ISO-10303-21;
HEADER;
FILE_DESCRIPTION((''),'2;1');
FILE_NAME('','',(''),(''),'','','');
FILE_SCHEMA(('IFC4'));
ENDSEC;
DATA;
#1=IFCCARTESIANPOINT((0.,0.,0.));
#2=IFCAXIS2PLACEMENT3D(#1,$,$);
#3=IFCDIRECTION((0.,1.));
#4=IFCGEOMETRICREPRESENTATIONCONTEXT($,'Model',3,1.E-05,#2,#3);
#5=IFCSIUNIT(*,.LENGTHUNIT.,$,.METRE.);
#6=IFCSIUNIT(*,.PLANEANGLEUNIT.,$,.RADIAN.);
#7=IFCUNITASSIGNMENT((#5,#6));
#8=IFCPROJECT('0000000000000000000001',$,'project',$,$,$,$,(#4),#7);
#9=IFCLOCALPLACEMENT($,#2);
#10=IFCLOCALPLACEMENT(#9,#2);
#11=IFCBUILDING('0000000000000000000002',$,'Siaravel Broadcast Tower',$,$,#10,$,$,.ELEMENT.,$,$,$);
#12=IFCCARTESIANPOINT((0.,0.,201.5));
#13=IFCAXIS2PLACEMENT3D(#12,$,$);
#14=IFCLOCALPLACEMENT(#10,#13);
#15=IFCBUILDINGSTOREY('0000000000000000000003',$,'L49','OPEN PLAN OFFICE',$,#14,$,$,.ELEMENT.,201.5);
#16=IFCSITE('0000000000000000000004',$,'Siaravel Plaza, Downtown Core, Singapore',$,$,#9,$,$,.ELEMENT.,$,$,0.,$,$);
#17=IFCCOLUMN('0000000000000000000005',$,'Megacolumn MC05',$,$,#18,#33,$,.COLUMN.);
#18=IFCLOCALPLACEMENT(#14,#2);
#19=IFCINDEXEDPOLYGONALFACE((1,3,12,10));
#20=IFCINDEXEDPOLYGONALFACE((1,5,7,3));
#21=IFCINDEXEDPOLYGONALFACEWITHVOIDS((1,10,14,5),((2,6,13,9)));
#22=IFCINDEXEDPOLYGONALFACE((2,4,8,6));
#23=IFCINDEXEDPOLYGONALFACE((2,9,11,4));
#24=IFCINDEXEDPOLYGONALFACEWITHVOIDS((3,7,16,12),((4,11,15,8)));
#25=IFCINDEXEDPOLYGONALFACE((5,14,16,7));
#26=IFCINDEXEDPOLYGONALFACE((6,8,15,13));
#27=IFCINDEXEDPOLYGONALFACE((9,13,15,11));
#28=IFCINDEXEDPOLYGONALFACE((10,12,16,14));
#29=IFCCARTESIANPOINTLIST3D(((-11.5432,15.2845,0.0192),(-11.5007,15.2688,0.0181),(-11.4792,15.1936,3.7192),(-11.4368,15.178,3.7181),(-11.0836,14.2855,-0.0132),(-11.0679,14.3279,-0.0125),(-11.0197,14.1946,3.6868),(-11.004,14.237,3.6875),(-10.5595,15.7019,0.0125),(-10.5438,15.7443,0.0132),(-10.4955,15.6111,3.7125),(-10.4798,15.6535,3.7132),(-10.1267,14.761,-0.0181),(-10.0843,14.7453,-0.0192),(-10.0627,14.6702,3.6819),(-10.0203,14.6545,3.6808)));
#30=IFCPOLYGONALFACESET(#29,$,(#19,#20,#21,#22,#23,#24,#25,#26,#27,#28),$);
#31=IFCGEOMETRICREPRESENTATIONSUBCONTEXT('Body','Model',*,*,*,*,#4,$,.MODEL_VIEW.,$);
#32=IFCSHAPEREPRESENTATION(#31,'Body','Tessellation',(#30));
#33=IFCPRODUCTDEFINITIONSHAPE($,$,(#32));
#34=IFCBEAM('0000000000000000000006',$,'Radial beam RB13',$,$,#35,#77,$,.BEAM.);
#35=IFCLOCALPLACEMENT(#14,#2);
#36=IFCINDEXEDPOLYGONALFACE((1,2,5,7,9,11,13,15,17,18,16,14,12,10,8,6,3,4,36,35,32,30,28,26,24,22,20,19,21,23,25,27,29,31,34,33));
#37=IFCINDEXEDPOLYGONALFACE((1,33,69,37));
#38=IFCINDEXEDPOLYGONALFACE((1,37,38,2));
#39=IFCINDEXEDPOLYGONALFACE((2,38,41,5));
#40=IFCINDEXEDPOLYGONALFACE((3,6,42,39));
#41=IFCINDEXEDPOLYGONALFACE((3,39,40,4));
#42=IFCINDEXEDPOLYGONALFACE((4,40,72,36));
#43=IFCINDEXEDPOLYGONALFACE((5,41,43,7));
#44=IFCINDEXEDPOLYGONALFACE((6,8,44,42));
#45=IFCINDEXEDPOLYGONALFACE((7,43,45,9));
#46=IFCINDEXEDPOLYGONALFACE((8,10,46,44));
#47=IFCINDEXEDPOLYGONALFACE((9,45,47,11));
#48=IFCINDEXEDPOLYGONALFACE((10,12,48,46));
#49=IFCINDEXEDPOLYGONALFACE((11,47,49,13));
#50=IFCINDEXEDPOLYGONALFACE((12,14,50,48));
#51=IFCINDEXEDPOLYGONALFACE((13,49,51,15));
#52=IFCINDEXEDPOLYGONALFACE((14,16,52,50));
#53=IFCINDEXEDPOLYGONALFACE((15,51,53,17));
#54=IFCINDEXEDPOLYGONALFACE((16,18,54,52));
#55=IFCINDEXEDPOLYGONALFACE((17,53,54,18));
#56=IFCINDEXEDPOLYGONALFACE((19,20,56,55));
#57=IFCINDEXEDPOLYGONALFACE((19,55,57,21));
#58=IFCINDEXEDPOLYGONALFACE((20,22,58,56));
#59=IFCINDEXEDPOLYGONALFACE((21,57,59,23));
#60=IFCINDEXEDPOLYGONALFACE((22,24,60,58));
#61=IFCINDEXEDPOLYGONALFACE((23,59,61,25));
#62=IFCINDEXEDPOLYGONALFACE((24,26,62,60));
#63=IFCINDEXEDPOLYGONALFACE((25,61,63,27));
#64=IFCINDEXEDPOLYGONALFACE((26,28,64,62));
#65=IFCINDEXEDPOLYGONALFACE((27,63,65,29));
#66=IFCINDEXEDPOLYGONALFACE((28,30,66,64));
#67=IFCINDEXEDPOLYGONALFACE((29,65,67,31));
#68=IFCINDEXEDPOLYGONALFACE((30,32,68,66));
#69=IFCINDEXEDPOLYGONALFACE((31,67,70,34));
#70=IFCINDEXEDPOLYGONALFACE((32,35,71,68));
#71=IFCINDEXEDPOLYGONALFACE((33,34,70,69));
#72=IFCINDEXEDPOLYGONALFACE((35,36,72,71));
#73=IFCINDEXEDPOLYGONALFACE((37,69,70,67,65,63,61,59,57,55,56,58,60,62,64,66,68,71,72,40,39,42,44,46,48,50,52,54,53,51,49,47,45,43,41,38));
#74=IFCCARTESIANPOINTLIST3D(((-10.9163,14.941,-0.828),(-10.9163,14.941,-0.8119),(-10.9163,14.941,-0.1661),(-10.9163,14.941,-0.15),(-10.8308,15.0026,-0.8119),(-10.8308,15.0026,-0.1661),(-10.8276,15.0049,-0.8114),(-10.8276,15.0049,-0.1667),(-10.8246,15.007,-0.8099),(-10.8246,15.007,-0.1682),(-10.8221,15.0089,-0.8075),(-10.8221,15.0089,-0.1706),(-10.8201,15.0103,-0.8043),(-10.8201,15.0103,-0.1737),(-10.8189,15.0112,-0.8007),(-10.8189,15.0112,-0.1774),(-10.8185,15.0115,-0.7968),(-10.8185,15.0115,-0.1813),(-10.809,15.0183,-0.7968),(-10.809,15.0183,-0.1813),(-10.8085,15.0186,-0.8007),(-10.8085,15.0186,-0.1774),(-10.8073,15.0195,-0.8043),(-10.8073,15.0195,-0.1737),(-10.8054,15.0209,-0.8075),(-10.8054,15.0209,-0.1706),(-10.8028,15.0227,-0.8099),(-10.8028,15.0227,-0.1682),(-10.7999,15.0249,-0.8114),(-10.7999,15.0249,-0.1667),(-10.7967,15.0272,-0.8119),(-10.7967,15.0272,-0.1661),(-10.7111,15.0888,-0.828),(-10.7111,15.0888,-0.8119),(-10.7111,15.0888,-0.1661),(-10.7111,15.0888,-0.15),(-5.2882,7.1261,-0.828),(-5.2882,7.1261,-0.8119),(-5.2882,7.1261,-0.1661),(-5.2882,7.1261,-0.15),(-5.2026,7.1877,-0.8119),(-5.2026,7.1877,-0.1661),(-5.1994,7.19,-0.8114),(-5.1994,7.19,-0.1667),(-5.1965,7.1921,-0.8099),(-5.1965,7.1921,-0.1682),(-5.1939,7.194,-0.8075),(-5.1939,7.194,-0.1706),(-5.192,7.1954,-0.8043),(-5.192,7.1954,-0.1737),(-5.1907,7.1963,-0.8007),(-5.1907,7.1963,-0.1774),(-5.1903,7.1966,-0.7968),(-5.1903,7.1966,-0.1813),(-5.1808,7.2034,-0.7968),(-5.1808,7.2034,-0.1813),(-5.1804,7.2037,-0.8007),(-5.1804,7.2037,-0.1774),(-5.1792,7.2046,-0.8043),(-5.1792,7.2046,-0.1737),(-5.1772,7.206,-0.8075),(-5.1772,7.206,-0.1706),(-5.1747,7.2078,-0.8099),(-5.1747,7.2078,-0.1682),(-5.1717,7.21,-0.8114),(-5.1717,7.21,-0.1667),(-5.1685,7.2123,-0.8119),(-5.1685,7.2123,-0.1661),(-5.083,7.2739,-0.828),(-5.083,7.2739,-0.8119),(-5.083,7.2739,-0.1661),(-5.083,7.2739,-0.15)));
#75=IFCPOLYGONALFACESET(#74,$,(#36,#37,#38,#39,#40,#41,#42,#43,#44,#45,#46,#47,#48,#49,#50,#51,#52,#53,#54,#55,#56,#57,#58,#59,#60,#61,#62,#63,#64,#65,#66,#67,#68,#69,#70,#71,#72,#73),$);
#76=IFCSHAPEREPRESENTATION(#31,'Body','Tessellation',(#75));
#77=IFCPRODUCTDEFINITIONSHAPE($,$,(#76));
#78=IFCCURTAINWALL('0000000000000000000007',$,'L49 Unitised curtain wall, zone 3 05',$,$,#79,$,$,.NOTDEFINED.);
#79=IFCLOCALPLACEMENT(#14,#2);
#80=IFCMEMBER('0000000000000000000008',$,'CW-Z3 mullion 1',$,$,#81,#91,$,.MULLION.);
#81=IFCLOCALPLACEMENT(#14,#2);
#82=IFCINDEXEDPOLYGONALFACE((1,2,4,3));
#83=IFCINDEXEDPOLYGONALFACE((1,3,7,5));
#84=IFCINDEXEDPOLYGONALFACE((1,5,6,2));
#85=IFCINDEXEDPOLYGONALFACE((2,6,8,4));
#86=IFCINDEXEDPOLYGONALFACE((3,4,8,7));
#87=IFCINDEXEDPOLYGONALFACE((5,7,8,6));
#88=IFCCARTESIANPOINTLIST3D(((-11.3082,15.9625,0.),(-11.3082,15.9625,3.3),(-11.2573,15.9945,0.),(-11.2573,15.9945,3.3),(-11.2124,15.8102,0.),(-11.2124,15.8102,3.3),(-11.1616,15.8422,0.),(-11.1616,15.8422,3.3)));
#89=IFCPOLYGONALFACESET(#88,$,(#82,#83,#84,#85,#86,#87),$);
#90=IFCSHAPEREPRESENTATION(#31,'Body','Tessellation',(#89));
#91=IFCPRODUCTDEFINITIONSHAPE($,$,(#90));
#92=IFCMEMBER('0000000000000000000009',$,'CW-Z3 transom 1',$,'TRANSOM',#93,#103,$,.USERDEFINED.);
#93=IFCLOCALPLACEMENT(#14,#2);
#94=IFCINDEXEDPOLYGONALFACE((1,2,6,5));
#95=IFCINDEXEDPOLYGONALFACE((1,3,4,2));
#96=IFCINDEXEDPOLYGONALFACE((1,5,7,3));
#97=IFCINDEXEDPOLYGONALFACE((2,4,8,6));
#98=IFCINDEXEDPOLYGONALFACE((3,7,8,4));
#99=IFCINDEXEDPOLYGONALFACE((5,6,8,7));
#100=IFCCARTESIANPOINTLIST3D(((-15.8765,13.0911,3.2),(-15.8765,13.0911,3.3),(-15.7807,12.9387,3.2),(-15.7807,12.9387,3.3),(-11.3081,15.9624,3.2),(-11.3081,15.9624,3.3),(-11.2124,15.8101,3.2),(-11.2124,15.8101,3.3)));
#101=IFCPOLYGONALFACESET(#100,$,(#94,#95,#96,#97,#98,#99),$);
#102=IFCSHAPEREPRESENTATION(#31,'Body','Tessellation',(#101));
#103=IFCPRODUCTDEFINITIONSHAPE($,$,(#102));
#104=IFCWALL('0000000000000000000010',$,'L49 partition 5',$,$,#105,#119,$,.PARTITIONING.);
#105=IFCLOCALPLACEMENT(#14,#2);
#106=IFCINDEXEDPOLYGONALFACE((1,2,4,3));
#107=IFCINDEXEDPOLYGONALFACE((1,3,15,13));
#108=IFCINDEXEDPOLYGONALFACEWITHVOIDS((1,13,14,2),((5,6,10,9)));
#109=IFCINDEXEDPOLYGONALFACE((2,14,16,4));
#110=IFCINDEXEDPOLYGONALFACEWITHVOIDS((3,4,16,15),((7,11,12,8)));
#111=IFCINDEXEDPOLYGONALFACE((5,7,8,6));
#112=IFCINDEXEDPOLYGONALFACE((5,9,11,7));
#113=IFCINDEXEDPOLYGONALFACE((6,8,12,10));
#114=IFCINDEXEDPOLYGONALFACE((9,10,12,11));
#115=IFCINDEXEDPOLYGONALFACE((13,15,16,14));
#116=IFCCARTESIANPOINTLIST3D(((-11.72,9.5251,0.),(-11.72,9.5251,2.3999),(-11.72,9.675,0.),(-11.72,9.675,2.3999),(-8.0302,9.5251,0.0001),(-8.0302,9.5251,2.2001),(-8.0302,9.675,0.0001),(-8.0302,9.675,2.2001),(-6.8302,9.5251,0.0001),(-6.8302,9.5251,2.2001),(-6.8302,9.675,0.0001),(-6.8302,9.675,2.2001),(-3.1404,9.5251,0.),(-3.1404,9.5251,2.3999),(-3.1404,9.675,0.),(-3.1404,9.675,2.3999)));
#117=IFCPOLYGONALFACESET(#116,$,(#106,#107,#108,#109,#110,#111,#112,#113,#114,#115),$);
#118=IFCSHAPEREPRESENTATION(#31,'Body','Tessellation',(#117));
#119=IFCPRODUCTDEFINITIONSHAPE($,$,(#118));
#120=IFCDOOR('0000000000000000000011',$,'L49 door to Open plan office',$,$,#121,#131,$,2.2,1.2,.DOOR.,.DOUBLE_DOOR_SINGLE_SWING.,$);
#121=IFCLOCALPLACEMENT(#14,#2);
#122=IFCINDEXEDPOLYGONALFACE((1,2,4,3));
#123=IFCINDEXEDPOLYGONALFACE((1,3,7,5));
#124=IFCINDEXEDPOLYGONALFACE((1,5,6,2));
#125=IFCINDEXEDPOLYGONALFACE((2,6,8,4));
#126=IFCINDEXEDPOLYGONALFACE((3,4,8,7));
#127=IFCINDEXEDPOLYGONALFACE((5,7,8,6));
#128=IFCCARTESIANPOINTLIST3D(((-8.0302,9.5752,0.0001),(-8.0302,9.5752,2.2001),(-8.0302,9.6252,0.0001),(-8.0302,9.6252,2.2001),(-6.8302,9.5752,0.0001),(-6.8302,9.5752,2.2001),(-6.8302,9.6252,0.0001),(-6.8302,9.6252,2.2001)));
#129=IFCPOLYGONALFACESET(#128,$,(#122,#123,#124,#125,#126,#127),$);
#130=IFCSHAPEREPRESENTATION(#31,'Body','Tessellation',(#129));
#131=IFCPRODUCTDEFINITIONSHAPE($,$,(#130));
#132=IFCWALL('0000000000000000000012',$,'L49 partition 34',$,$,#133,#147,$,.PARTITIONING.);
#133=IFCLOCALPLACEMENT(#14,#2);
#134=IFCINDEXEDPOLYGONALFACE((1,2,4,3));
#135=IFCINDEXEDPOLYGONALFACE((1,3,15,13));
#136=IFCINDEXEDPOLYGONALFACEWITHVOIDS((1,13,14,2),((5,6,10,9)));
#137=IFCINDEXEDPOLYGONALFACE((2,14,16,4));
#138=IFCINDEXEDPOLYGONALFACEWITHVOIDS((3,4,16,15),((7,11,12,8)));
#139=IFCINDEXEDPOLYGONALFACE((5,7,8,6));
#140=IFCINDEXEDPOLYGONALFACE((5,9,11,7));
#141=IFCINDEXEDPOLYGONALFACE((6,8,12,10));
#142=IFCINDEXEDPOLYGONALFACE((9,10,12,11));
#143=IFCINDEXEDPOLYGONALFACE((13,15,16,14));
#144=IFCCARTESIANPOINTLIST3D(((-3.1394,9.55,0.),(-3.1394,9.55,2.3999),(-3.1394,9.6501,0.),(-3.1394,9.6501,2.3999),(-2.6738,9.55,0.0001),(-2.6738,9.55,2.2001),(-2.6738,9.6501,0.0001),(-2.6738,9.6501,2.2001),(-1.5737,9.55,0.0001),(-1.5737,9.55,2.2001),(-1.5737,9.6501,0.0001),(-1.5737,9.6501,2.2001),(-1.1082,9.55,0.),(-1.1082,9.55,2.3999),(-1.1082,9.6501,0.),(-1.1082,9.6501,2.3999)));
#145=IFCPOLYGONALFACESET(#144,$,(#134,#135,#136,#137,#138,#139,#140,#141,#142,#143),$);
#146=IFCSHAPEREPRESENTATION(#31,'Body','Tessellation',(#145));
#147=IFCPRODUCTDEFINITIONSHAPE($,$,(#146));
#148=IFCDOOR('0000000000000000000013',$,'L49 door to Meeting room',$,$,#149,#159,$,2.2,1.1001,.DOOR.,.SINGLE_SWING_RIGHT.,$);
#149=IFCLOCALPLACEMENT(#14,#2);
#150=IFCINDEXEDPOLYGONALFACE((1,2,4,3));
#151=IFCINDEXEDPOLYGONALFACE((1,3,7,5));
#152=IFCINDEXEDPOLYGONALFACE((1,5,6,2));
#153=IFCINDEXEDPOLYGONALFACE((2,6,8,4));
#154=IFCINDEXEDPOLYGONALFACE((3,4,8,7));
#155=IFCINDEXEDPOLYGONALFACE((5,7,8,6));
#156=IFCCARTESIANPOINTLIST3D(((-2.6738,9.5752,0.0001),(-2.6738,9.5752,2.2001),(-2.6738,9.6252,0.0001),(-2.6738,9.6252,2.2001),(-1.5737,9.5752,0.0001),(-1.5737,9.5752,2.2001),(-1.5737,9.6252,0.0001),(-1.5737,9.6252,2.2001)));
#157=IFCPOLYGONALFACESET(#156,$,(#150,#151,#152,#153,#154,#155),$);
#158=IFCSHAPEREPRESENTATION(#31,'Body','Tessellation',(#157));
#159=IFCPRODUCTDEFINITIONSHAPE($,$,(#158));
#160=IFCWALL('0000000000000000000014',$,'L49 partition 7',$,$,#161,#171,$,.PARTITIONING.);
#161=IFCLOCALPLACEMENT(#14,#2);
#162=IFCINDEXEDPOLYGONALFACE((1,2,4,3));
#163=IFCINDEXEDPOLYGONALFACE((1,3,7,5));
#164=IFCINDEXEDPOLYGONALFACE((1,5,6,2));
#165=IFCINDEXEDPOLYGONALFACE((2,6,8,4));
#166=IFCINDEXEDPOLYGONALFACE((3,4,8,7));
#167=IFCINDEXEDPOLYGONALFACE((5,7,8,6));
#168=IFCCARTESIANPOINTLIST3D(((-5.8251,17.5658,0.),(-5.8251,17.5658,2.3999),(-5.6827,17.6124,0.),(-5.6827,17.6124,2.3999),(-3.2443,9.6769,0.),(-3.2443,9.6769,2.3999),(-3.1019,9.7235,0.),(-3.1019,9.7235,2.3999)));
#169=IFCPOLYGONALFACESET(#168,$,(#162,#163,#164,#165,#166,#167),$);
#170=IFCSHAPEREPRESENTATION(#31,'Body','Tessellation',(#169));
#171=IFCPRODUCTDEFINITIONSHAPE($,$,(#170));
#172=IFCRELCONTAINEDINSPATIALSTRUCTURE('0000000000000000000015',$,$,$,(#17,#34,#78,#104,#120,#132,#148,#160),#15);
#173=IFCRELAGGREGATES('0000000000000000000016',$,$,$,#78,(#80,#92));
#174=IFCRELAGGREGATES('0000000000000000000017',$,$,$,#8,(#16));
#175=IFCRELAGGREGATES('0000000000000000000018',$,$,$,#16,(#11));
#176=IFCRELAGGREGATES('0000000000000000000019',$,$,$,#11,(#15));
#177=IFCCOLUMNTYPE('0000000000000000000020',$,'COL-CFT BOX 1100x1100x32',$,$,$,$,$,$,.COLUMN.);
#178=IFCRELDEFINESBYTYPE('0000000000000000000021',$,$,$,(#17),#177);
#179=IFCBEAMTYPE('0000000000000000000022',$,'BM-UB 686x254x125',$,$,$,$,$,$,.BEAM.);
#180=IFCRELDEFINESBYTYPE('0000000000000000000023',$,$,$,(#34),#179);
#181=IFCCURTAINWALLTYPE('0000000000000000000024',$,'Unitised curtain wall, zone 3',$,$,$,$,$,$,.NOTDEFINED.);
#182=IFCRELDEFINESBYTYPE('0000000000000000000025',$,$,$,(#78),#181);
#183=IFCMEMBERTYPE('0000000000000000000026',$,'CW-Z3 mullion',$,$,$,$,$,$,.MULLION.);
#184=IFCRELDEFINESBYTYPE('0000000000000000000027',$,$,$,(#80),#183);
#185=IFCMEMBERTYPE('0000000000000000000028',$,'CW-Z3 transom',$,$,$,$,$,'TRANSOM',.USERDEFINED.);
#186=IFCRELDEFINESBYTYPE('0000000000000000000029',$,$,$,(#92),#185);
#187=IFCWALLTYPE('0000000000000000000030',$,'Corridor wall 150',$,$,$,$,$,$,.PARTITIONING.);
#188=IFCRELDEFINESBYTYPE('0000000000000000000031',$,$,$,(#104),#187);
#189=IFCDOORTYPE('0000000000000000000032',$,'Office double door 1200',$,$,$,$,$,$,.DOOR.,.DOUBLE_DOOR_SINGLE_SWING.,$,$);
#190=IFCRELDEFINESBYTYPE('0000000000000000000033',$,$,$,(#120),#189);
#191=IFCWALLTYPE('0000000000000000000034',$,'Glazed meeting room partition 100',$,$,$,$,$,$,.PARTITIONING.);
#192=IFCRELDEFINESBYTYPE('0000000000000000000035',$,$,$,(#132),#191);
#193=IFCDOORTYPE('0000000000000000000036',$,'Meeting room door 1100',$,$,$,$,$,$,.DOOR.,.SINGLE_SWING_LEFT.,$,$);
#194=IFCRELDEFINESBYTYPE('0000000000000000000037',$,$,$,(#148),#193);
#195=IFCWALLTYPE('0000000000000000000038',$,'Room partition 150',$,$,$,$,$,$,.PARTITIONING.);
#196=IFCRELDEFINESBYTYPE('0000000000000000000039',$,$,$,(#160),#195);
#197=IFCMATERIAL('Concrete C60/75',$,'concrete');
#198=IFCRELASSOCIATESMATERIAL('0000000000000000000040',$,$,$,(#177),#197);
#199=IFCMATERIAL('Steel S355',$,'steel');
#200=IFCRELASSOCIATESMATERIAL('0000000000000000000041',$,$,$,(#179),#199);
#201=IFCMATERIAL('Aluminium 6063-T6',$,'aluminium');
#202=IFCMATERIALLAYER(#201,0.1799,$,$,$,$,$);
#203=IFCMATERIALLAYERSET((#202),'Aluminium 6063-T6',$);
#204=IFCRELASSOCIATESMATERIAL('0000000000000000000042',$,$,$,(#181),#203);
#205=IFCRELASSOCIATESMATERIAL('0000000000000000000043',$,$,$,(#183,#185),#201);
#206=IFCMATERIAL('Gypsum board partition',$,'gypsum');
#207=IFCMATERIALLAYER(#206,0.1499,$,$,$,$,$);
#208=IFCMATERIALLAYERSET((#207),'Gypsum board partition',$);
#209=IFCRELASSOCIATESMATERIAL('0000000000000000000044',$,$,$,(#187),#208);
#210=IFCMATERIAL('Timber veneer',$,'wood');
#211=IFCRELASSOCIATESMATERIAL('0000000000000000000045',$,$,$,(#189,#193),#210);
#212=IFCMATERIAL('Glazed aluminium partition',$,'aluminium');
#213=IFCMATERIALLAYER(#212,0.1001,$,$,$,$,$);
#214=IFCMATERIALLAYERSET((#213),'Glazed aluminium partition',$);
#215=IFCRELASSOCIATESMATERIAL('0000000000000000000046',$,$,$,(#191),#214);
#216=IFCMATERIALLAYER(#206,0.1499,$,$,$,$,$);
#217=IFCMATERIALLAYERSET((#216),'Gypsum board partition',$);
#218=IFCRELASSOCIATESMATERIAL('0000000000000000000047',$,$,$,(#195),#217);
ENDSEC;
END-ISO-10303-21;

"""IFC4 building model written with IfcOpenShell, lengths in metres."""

from ifc_helpers import new_model, si_unit, direction, frame, frame_2d, origin, origin_2d, place, context, subcontext, project, spatial, rectangle, hollow_rectangle, i_section, extrude, material, layer, layer_set, material_profile, profile_set, type_object, element, fill, aggregate, save


model = new_model("IFC4")

# Units and contexts
model_context = context("Model", 3, precision=1e-05, world=origin(), true_north=direction((0.0, 1.0)))
body_context = subcontext(model_context, "Body", "Model", "MODEL_VIEW")
ifc_project = project(units=[si_unit("LENGTHUNIT", "METRE"), si_unit("PLANEANGLEUNIT", "RADIAN")], contexts=[model_context])

# Site, building, storey
site_placement = place(None, origin())
site = spatial("IfcSite", under=ifc_project, at=site_placement, Name="Siaravel Plaza, Downtown Core, Singapore", CompositionType="ELEMENT", RefElevation=0.0)
building_placement = place(site_placement, origin())
building = spatial("IfcBuilding", under=site, at=building_placement, Name="Siaravel Broadcast Tower", CompositionType="ELEMENT")
storey_placement = place(building_placement, frame((0.0, 0.0, 201.5)))
storey = spatial("IfcBuildingStorey", under=building, at=storey_placement, Name="L49", Description="OPEN PLAN OFFICE", CompositionType="ELEMENT", Elevation=201.5)

# Column
ifc_material_1 = material(Name="Concrete C60/75", Category="concrete")
ifc_material_profile_1 = material_profile(ifc_material_1, hollow_rectangle(XDim=1.1001, YDim=1.1001, WallThickness=0.032, at=origin_2d()))
ifc_profile_set_1 = profile_set([ifc_material_profile_1], Name="Concrete C60/75")
column_type = type_object("IfcColumnType", Name="COL-CFT BOX 1100x1100x32", PredefinedType="COLUMN", material=ifc_profile_set_1)
column_placement = place(storey_placement, frame((-10.8137, 15.0149, 0.0), z_axis=(0.01728, -0.024535, 0.99955), x_axis=(0.908417, 0.41803, -0.005444)))
element("IfcColumn", 1, at=column_placement, inside=storey, type_object=column_type, Name="Megacolumn MC05", PredefinedType="COLUMN", context=body_context, shape_type="SweptSolid", body=[
    extrude(hollow_rectangle(XDim=1.1001, YDim=1.1001, WallThickness=0.032, at=origin_2d()), origin(), (0.0, 0.0, 1.0), 3.7017),
])

# Beam
ifc_material_2 = material(Name="Steel S355", Category="steel")
ifc_material_profile_2 = material_profile(ifc_material_2, i_section(OverallWidth=0.2529, OverallDepth=0.678, WebThickness=0.0117, FlangeThickness=0.0161, FilletRadius=0.0151, at=origin_2d()))
ifc_profile_set_2 = profile_set([ifc_material_profile_2], Name="Steel S355")
beam_type = type_object("IfcBeamType", Name="BM-UB 686x254x125", PredefinedType="BEAM", material=ifc_profile_set_2)
beam_placement = place(storey_placement, frame((-10.8137, 15.0149, -0.489), z_axis=(0.584402, -0.811465, 0.0), x_axis=(0.811465, 0.584402, 0.0)))
element("IfcBeam", 2, at=beam_placement, inside=storey, type_object=beam_type, Name="Radial beam RB13", PredefinedType="BEAM", context=body_context, shape_type="SweptSolid", body=[
    extrude(i_section(OverallWidth=0.2529, OverallDepth=0.678, WebThickness=0.0117, FlangeThickness=0.0161, FilletRadius=0.0151, at=origin_2d()), origin(), (0.0, 0.0, 1.0), 9.6306),
])

# Curtain wall, members
ifc_material_3 = material(Name="Aluminium 6063-T6", Category="aluminium")
ifc_layer_1 = layer(ifc_material_3, 0.1799)
ifc_layer_set_1 = layer_set([ifc_layer_1], Name="Aluminium 6063-T6")
curtain_wall_type = type_object("IfcCurtainWallType", Name="Unitised curtain wall, zone 3", PredefinedType="NOTDEFINED", material=ifc_layer_set_1)
curtain_wall_placement = place(storey_placement, origin())
curtain_wall = element("IfcCurtainWall", 3, at=curtain_wall_placement, inside=storey, type_object=curtain_wall_type, Name="L49 Unitised curtain wall, zone 3 05", PredefinedType="NOTDEFINED")
ifc_material_profile_3 = material_profile(ifc_material_3, rectangle(XDim=0.1799, YDim=0.0601, at=origin_2d()))
ifc_profile_set_3 = profile_set([ifc_material_profile_3], Name="Aluminium 6063-T6")
member_type_1 = type_object("IfcMemberType", Name="CW-Z3 mullion", PredefinedType="MULLION", material=ifc_profile_set_3)
member_1_placement = place(storey_placement, frame((-11.2349, 15.9023, 0.0), z_axis=(0.0, 0.0, 1.0), x_axis=(0.532151, -0.846649, 0.0)))
member_1 = element("IfcMember", 4, at=member_1_placement, type_object=member_type_1, Name="CW-Z3 mullion 1", PredefinedType="MULLION", context=body_context, shape_type="SweptSolid", body=[
    extrude(rectangle(XDim=0.1799, YDim=0.0601, at=origin_2d()), origin(), (0.0, 0.0, 1.0), 3.3),
])
ifc_material_profile_4 = material_profile(ifc_material_3, rectangle(XDim=0.1799, YDim=0.1001, at=origin_2d()))
ifc_profile_set_4 = profile_set([ifc_material_profile_4], Name="Aluminium 6063-T6")
member_type_2 = type_object("IfcMemberType", Name="CW-Z3 transom", ElementType="TRANSOM", PredefinedType="USERDEFINED", material=ifc_profile_set_4)
member_2_placement = place(storey_placement, frame((-11.2603, 15.8862, 3.25), z_axis=(-0.846653, -0.532145, 0.0), x_axis=(0.532145, -0.846653, 0.0)))
member_2 = element("IfcMember", 5, at=member_2_placement, type_object=member_type_2, Name="CW-Z3 transom 1", ObjectType="TRANSOM", PredefinedType="USERDEFINED", context=body_context, shape_type="SweptSolid", body=[
    extrude(rectangle(XDim=0.1799, YDim=0.1001, at=origin_2d()), origin(), (0.0, 0.0, 1.0), 5.3958),
])
aggregate(curtain_wall, [member_1, member_2])

# Walls, openings, doors
ifc_material_4 = material(Name="Gypsum board partition", Category="gypsum")
ifc_layer_2 = layer(ifc_material_4, 0.1499)
ifc_layer_set_2 = layer_set([ifc_layer_2], Name="Gypsum board partition")
wall_type_1 = type_object("IfcWallType", Name="Corridor wall 150", PredefinedType="PARTITIONING", material=ifc_layer_set_2)
wall_1_placement = place(storey_placement, frame((-3.1404, 9.6001, 0.0), z_axis=(0.0, 0.0, 1.0), x_axis=(-1.0, 0.0, 0.0)))
wall_1 = element("IfcWall", 6, at=wall_1_placement, inside=storey, type_object=wall_type_1, Name="L49 partition 5", PredefinedType="PARTITIONING", context=body_context, shape_type="SweptSolid", body=[
    extrude(rectangle(XDim=8.5796, YDim=0.1499, at=frame_2d((4.2898, 0.0))), origin(), (0.0, 0.0, 1.0), 2.3999),
])
opening_1_placement = place(wall_1_placement, frame((3.6897, 0.0, 0.0)))
opening_1 = element("IfcOpeningElement", 7, at=opening_1_placement, cuts=wall_1, PredefinedType="OPENING", context=body_context, shape_type="SweptSolid", body=[
    extrude(rectangle(XDim=1.2, YDim=2.2, at=frame_2d((0.6001, 1.1001))), frame((0.0, 0.085, 0.0), z_axis=(0.0, -1.0, 0.0), x_axis=(1.0, 0.0, 0.0)), (0.0, 0.0, 1.0), 0.1699),
])
ifc_material_5 = material(Name="Timber veneer", Category="wood")
door_type_1 = type_object("IfcDoorType", Name="Office double door 1200", OperationType="DOUBLE_DOOR_SINGLE_SWING", PredefinedType="DOOR", material=ifc_material_5)
door_1_placement = place(opening_1_placement, origin())
door_1 = element("IfcDoor", 8, at=door_1_placement, inside=storey, type_object=door_type_1, Name="L49 door to Open plan office", OperationType="DOUBLE_DOOR_SINGLE_SWING", OverallHeight=2.2, OverallWidth=1.2, PredefinedType="DOOR", context=body_context, shape_type="SweptSolid", body=[
    extrude(rectangle(XDim=1.2, YDim=2.2, at=frame_2d((0.6001, 1.1001))), frame((0.0, 0.0249, 0.0), z_axis=(0.0, -1.0, 0.0), x_axis=(1.0, 0.0, 0.0)), (0.0, 0.0, 1.0), 0.05),
])
fill(opening_1, door_1)
ifc_material_6 = material(Name="Glazed aluminium partition", Category="aluminium")
ifc_layer_3 = layer(ifc_material_6, 0.1001)
ifc_layer_set_3 = layer_set([ifc_layer_3], Name="Glazed aluminium partition")
wall_type_2 = type_object("IfcWallType", Name="Glazed meeting room partition 100", PredefinedType="PARTITIONING", material=ifc_layer_set_3)
wall_2_placement = place(storey_placement, frame((-1.1082, 9.6001, 0.0), z_axis=(0.0, 0.0, 1.0), x_axis=(-1.0, 0.0, 0.0)))
wall_2 = element("IfcWall", 9, at=wall_2_placement, inside=storey, type_object=wall_type_2, Name="L49 partition 34", PredefinedType="PARTITIONING", context=body_context, shape_type="SweptSolid", body=[
    extrude(rectangle(XDim=2.0312, YDim=0.1001, at=frame_2d((1.0156, 0.0))), origin(), (0.0, 0.0, 1.0), 2.3999),
])
opening_2_placement = place(wall_2_placement, frame((0.4656, 0.0, 0.0)))
opening_2 = element("IfcOpeningElement", 10, at=opening_2_placement, cuts=wall_2, PredefinedType="OPENING", context=body_context, shape_type="SweptSolid", body=[
    extrude(rectangle(XDim=1.1001, YDim=2.2, at=frame_2d((0.55, 1.1001))), frame((0.0, 0.0601, 0.0), z_axis=(0.0, -1.0, 0.0), x_axis=(1.0, 0.0, 0.0)), (0.0, 0.0, 1.0), 0.1201),
])
door_type_2 = type_object("IfcDoorType", Name="Meeting room door 1100", OperationType="SINGLE_SWING_LEFT", PredefinedType="DOOR", material=ifc_material_5)
door_2_placement = place(opening_2_placement, origin())
door_2 = element("IfcDoor", 11, at=door_2_placement, inside=storey, type_object=door_type_2, Name="L49 door to Meeting room", OperationType="SINGLE_SWING_RIGHT", OverallHeight=2.2, OverallWidth=1.1001, PredefinedType="DOOR", context=body_context, shape_type="SweptSolid", body=[
    extrude(rectangle(XDim=1.1001, YDim=2.2, at=frame_2d((0.55, 1.1001))), frame((0.0, 0.0249, 0.0), z_axis=(0.0, -1.0, 0.0), x_axis=(1.0, 0.0, 0.0)), (0.0, 0.0, 1.0), 0.05),
])
fill(opening_2, door_2)

# Wall
ifc_layer_4 = layer(ifc_material_4, 0.1499)
ifc_layer_set_4 = layer_set([ifc_layer_4], Name="Gypsum board partition")
wall_type_3 = type_object("IfcWallType", Name="Room partition 150", PredefinedType="PARTITIONING", material=ifc_layer_set_4)
wall_3_placement = place(storey_placement, frame((-3.1731, 9.7002, 0.0), z_axis=(0.0, 0.0, 1.0), x_axis=(-0.310928, 0.950433, 0.0)))
element("IfcWall", 12, at=wall_3_placement, inside=storey, type_object=wall_type_3, Name="L49 partition 7", PredefinedType="PARTITIONING", context=body_context, shape_type="SweptSolid", body=[
    extrude(rectangle(XDim=8.3003, YDim=0.1499, at=frame_2d((4.1501, 0.0))), origin(), (0.0, 0.0, 1.0), 2.3999),
])

save(model, "model.ifc")
